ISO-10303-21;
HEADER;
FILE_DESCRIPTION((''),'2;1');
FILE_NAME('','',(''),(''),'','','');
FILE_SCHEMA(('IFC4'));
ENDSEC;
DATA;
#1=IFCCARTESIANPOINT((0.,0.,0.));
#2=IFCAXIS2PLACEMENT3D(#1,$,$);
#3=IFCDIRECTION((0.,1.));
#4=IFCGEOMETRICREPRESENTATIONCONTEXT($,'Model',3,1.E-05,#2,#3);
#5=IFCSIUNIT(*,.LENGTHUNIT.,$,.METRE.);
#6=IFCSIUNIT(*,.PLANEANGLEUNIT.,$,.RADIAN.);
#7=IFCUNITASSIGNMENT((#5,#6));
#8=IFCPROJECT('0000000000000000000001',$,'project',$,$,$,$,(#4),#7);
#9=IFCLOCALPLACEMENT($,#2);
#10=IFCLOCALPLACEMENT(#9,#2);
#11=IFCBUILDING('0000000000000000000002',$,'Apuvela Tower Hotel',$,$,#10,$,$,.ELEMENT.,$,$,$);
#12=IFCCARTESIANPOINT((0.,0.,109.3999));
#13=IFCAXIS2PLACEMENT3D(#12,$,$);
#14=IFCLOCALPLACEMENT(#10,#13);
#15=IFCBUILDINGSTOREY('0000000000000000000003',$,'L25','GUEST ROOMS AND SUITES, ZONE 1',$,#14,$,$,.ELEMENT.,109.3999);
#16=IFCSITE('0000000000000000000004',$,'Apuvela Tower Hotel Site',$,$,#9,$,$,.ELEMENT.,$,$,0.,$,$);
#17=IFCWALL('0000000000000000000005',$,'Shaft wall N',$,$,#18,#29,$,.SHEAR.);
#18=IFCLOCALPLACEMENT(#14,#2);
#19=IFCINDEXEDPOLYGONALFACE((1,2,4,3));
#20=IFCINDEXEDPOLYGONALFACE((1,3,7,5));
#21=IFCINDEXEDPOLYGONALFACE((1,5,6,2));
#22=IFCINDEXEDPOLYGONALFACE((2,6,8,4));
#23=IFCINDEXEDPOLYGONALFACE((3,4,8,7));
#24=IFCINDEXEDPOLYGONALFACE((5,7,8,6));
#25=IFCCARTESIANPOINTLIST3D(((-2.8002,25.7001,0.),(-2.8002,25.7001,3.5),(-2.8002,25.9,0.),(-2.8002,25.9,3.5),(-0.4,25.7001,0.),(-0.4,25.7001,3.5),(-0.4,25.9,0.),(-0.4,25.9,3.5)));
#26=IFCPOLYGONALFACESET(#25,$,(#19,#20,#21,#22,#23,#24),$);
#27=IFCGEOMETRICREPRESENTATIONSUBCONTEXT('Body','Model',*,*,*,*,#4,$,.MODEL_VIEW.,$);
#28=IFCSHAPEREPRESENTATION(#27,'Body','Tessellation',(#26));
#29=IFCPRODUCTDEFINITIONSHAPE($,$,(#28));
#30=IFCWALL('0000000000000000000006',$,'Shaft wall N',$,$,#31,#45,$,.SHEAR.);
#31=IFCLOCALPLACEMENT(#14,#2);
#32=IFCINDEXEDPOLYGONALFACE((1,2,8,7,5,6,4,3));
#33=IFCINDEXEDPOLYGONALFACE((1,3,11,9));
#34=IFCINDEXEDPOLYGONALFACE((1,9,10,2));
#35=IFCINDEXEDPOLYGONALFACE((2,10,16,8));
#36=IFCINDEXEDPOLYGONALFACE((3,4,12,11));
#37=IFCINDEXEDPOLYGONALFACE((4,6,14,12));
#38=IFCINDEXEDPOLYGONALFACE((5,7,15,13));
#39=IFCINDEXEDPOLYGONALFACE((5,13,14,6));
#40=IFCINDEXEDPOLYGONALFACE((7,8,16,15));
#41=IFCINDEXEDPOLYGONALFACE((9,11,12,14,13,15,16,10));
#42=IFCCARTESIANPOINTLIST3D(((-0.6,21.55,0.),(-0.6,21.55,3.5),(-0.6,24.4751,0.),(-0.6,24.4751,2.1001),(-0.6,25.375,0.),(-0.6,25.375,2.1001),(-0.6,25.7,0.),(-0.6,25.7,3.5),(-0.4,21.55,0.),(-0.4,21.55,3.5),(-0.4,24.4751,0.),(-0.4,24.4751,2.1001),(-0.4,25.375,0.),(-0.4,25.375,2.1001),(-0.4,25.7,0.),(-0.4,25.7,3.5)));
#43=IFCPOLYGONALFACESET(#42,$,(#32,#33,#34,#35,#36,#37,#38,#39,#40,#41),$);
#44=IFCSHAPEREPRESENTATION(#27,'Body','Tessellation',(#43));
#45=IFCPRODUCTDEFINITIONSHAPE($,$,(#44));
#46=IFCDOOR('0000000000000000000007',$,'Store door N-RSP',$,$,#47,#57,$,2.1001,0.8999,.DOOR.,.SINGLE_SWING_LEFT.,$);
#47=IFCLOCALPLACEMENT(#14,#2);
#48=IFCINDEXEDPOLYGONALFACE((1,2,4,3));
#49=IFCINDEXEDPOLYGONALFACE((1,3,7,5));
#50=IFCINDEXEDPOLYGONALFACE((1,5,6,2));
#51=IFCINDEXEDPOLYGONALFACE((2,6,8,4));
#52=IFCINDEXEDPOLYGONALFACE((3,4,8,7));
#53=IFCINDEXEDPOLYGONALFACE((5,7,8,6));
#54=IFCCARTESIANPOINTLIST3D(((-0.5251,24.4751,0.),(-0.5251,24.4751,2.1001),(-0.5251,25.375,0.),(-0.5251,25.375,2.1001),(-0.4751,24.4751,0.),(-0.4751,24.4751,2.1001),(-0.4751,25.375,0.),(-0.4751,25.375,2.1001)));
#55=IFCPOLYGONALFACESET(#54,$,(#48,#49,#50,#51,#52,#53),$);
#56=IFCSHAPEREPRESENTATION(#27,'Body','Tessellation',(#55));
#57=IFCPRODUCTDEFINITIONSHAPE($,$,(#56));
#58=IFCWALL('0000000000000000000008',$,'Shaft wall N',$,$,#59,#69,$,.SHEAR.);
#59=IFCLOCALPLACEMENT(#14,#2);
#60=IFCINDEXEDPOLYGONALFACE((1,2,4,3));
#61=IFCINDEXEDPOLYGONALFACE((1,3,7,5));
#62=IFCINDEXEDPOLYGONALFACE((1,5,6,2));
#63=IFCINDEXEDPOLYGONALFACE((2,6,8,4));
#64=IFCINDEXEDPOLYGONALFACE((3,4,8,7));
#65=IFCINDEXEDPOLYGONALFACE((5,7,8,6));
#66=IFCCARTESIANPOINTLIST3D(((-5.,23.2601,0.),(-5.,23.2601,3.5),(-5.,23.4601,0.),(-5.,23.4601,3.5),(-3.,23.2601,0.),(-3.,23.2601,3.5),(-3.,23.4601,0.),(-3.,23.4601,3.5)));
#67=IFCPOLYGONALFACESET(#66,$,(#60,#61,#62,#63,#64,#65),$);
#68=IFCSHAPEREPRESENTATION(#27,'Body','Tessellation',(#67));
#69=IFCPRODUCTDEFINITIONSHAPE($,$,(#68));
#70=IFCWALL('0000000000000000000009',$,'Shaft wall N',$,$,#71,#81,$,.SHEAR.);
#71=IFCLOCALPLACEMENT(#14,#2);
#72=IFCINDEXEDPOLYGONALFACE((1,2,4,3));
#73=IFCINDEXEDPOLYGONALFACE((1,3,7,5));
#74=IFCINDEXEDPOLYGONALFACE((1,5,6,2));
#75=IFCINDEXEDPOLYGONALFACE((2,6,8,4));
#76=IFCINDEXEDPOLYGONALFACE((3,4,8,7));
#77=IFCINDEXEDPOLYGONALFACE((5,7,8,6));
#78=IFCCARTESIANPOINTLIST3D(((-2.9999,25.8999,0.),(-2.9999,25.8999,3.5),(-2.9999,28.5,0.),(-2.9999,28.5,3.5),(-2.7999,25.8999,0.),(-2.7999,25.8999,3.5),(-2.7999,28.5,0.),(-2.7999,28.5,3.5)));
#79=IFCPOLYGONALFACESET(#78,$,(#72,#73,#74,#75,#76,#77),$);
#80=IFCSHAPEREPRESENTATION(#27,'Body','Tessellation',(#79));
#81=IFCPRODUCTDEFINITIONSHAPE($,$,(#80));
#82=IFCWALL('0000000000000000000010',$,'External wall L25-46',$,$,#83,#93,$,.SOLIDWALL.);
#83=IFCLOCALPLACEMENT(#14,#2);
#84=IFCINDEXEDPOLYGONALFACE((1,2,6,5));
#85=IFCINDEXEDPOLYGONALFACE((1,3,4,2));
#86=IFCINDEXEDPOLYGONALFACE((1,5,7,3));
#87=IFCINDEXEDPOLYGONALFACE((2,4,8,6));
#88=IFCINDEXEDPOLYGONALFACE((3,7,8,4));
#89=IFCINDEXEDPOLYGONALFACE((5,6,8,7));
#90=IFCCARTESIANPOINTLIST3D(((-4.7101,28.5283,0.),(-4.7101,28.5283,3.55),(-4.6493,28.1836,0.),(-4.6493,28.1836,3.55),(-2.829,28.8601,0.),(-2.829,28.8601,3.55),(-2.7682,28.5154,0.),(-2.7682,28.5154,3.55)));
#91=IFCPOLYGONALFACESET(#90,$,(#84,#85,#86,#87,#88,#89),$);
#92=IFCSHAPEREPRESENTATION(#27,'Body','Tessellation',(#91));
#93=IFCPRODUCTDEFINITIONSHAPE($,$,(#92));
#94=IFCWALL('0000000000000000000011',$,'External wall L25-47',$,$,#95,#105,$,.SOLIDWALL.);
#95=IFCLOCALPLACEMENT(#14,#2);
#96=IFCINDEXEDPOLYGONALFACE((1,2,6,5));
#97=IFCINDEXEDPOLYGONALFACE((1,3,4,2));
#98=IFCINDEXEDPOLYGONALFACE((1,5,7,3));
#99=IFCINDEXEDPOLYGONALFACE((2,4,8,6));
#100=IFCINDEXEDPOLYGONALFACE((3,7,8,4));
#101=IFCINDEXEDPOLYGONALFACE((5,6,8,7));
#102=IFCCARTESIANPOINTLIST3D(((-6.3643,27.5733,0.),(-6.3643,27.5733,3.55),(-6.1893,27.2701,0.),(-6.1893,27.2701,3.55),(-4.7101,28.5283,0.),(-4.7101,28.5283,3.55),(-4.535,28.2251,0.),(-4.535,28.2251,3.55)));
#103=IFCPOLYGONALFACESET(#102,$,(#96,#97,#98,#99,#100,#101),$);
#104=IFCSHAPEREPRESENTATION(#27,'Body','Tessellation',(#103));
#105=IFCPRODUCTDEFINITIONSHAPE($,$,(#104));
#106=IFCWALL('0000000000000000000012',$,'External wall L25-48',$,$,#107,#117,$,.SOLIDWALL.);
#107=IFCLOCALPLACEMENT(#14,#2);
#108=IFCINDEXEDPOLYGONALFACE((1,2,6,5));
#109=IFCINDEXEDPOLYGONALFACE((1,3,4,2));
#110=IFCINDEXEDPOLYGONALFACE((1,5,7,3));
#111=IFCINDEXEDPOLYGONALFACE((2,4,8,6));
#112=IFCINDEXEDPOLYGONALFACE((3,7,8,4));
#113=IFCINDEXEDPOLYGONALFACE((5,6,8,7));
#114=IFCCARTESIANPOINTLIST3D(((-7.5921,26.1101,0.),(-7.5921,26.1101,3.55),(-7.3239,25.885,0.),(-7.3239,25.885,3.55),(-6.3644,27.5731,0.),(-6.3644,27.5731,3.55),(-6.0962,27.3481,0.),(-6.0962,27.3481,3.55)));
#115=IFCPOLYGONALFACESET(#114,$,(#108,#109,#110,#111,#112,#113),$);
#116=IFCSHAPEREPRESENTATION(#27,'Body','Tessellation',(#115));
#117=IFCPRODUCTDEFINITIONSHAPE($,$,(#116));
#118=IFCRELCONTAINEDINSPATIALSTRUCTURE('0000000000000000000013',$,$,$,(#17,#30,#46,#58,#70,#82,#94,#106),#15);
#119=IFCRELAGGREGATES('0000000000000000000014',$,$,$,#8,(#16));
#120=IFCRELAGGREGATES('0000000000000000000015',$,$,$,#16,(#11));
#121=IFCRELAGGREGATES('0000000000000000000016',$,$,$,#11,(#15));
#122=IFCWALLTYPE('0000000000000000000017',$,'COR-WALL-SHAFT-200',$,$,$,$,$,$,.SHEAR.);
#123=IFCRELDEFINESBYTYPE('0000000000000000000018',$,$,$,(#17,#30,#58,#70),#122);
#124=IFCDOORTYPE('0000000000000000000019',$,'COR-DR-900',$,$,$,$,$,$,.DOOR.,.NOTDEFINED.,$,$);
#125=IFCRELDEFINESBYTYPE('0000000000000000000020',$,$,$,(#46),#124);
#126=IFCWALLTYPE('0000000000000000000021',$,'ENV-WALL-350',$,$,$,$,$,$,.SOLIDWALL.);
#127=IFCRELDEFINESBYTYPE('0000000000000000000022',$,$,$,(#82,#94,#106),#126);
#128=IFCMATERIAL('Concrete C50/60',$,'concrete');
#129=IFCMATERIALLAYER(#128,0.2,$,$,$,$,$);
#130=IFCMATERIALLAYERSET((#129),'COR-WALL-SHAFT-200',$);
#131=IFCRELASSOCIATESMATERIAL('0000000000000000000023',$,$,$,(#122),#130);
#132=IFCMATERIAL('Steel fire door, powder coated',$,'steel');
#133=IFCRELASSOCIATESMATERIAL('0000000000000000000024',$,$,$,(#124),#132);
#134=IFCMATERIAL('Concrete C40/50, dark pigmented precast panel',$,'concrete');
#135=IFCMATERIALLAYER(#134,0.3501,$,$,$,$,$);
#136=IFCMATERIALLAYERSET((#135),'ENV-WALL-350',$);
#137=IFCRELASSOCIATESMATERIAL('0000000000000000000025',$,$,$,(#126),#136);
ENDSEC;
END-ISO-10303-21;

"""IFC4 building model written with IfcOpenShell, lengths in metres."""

from ifc_helpers import new_model, si_unit, direction, frame, frame_2d, origin, place, context, subcontext, project, spatial, rectangle, extrude, material, layer, layer_set, type_object, element, fill, save


model = new_model("IFC4")

# Units and contexts
model_context = context("Model", 3, precision=1e-05, world=origin(), true_north=direction((0.0, 1.0)))
body_context = subcontext(model_context, "Body", "Model", "MODEL_VIEW")
ifc_project = project(units=[si_unit("LENGTHUNIT", "METRE"), si_unit("PLANEANGLEUNIT", "RADIAN")], contexts=[model_context])

# Site, building, storey
site_placement = place(None, origin())
site = spatial("IfcSite", under=ifc_project, at=site_placement, Name="Apuvela Tower Hotel Site", CompositionType="ELEMENT", RefElevation=0.0)
building_placement = place(site_placement, origin())
building = spatial("IfcBuilding", under=site, at=building_placement, Name="Apuvela Tower Hotel", CompositionType="ELEMENT")
storey_placement = place(building_placement, frame((0.0, 0.0, 109.3999)))
storey = spatial("IfcBuildingStorey", under=building, at=storey_placement, Name="L25", Description="GUEST ROOMS AND SUITES, ZONE 1", CompositionType="ELEMENT", Elevation=109.3999)

# Wall
ifc_material_1 = material(Name="Concrete C50/60", Category="concrete")
ifc_layer_1 = layer(ifc_material_1, 0.2)
ifc_layer_set_1 = layer_set([ifc_layer_1], Name="COR-WALL-SHAFT-200")
wall_type_1 = type_object("IfcWallType", Name="COR-WALL-SHAFT-200", PredefinedType="SHEAR", material=ifc_layer_set_1)
wall_1_placement = place(storey_placement, frame((-0.3999, 25.8, 0.0), z_axis=(0.0, 0.0, 1.0), x_axis=(-1.0, 0.0, 0.0)))
element("IfcWall", 1, at=wall_1_placement, inside=storey, type_object=wall_type_1, Name="Shaft wall N", PredefinedType="SHEAR", context=body_context, shape_type="SweptSolid", body=[
    extrude(rectangle(XDim=2.4001, YDim=0.2, at=frame_2d((1.2002, 0.0))), origin(), (0.0, 0.0, 1.0), 3.5),
])

# Wall, opening, door
wall_2_placement = place(storey_placement, frame((-0.5, 21.55, 0.0), z_axis=(0.0, 0.0, 1.0), x_axis=(0.0, 1.0, 0.0)))
wall_2 = element("IfcWall", 2, at=wall_2_placement, inside=storey, type_object=wall_type_1, Name="Shaft wall N", PredefinedType="SHEAR", context=body_context, shape_type="SweptSolid", body=[
    extrude(rectangle(XDim=4.1499, YDim=0.2, at=frame_2d((2.075, 0.0))), origin(), (0.0, 0.0, 1.0), 3.5),
])
opening_1_placement = place(wall_2_placement, frame((2.925, 0.0, 0.0)))
opening_1 = element("IfcOpeningElement", 3, at=opening_1_placement, cuts=wall_2, PredefinedType="OPENING", context=body_context, shape_type="SweptSolid", body=[
    extrude(rectangle(XDim=0.8999, YDim=2.1001, at=frame_2d((0.45, 1.05))), frame((0.0, 0.1099, 0.0), z_axis=(0.0, -1.0, 0.0), x_axis=(1.0, 0.0, 0.0)), (0.0, 0.0, 1.0), 0.22),
])
ifc_material_2 = material(Name="Steel fire door, powder coated", Category="steel")
door_type_1 = type_object("IfcDoorType", Name="COR-DR-900", OperationType="NOTDEFINED", PredefinedType="DOOR", material=ifc_material_2)
door_1_placement = place(opening_1_placement, frame((0.8999, 0.0, 0.0), z_axis=(0.0, 0.0, 1.0), x_axis=(-1.0, 0.0, 0.0)))
door_1 = element("IfcDoor", 4, at=door_1_placement, inside=storey, type_object=door_type_1, Name="Store door N-RSP", OperationType="SINGLE_SWING_LEFT", OverallHeight=2.1001, OverallWidth=0.8999, PredefinedType="DOOR", context=body_context, shape_type="SweptSolid", body=[
    extrude(rectangle(XDim=0.8999, YDim=2.1001, at=frame_2d((0.45, 1.05))), frame((0.0, 0.0249, 0.0), z_axis=(0.0, -1.0, 0.0), x_axis=(1.0, 0.0, 0.0)), (0.0, 0.0, 1.0), 0.05),
])
fill(opening_1, door_1)

# Walls
wall_3_placement = place(storey_placement, frame((-3.0, 23.3601, 0.0), z_axis=(0.0, 0.0, 1.0), x_axis=(-1.0, 0.0, 0.0)))
element("IfcWall", 5, at=wall_3_placement, inside=storey, type_object=wall_type_1, Name="Shaft wall N", PredefinedType="SHEAR", context=body_context, shape_type="SweptSolid", body=[
    extrude(rectangle(XDim=2.0, YDim=0.2, at=frame_2d((1.0, 0.0))), origin(), (0.0, 0.0, 1.0), 3.5),
])
wall_4_placement = place(storey_placement, frame((-2.8999, 25.8999, 0.0), z_axis=(0.0, 0.0, 1.0), x_axis=(0.0, 1.0, 0.0)))
element("IfcWall", 6, at=wall_4_placement, inside=storey, type_object=wall_type_1, Name="Shaft wall N", PredefinedType="SHEAR", context=body_context, shape_type="SweptSolid", body=[
    extrude(rectangle(XDim=2.6001, YDim=0.2, at=frame_2d((1.3, 0.0))), origin(), (0.0, 0.0, 1.0), 3.5),
])

# Shared definitions
ifc_material_3 = material(Name="Concrete C40/50, dark pigmented precast panel", Category="concrete")
ifc_layer_2 = layer(ifc_material_3, 0.3501)
ifc_layer_set_2 = layer_set([ifc_layer_2], Name="ENV-WALL-350")
wall_type_2 = type_object("IfcWallType", Name="ENV-WALL-350", PredefinedType="SOLIDWALL", material=ifc_layer_set_2)

# Walls
for number, where, z_axis, x_axis, name in (
    (7, (-2.7986, 28.6877, 0.0), (0.0, 0.0, 1.0), (-0.984799, -0.173698, 0.0), "External wall L25-46"),
    (8, (-4.6226, 28.3767, 0.0), (0.0, 0.0, 1.0), (-0.866032, -0.499988, 0.0), "External wall L25-47"),
):
    element("IfcWall", number, at=place(storey_placement, frame(where, z_axis=z_axis, x_axis=x_axis)), inside=storey, type_object=wall_type_2, Name=name, PredefinedType="SOLIDWALL", context=body_context, shape_type="SweptSolid", body=[
        extrude(rectangle(XDim=1.9102, YDim=0.3501, at=frame_2d((0.9551, 0.0))), origin(), (0.0, 0.0, 1.0), 3.55),
    ])
wall_5_placement = place(storey_placement, frame((-6.2302, 27.4607, 0.0), z_axis=(0.0, 0.0, 1.0), x_axis=(-0.642808, -0.766027, 0.0)))
element("IfcWall", 9, at=wall_5_placement, inside=storey, type_object=wall_type_2, Name="External wall L25-48", PredefinedType="SOLIDWALL", context=body_context, shape_type="SweptSolid", body=[
    extrude(rectangle(XDim=1.9099, YDim=0.3501, at=frame_2d((0.9551, 0.0))), origin(), (0.0, 0.0, 1.0), 3.55),
])

save(model, "model.ifc")
